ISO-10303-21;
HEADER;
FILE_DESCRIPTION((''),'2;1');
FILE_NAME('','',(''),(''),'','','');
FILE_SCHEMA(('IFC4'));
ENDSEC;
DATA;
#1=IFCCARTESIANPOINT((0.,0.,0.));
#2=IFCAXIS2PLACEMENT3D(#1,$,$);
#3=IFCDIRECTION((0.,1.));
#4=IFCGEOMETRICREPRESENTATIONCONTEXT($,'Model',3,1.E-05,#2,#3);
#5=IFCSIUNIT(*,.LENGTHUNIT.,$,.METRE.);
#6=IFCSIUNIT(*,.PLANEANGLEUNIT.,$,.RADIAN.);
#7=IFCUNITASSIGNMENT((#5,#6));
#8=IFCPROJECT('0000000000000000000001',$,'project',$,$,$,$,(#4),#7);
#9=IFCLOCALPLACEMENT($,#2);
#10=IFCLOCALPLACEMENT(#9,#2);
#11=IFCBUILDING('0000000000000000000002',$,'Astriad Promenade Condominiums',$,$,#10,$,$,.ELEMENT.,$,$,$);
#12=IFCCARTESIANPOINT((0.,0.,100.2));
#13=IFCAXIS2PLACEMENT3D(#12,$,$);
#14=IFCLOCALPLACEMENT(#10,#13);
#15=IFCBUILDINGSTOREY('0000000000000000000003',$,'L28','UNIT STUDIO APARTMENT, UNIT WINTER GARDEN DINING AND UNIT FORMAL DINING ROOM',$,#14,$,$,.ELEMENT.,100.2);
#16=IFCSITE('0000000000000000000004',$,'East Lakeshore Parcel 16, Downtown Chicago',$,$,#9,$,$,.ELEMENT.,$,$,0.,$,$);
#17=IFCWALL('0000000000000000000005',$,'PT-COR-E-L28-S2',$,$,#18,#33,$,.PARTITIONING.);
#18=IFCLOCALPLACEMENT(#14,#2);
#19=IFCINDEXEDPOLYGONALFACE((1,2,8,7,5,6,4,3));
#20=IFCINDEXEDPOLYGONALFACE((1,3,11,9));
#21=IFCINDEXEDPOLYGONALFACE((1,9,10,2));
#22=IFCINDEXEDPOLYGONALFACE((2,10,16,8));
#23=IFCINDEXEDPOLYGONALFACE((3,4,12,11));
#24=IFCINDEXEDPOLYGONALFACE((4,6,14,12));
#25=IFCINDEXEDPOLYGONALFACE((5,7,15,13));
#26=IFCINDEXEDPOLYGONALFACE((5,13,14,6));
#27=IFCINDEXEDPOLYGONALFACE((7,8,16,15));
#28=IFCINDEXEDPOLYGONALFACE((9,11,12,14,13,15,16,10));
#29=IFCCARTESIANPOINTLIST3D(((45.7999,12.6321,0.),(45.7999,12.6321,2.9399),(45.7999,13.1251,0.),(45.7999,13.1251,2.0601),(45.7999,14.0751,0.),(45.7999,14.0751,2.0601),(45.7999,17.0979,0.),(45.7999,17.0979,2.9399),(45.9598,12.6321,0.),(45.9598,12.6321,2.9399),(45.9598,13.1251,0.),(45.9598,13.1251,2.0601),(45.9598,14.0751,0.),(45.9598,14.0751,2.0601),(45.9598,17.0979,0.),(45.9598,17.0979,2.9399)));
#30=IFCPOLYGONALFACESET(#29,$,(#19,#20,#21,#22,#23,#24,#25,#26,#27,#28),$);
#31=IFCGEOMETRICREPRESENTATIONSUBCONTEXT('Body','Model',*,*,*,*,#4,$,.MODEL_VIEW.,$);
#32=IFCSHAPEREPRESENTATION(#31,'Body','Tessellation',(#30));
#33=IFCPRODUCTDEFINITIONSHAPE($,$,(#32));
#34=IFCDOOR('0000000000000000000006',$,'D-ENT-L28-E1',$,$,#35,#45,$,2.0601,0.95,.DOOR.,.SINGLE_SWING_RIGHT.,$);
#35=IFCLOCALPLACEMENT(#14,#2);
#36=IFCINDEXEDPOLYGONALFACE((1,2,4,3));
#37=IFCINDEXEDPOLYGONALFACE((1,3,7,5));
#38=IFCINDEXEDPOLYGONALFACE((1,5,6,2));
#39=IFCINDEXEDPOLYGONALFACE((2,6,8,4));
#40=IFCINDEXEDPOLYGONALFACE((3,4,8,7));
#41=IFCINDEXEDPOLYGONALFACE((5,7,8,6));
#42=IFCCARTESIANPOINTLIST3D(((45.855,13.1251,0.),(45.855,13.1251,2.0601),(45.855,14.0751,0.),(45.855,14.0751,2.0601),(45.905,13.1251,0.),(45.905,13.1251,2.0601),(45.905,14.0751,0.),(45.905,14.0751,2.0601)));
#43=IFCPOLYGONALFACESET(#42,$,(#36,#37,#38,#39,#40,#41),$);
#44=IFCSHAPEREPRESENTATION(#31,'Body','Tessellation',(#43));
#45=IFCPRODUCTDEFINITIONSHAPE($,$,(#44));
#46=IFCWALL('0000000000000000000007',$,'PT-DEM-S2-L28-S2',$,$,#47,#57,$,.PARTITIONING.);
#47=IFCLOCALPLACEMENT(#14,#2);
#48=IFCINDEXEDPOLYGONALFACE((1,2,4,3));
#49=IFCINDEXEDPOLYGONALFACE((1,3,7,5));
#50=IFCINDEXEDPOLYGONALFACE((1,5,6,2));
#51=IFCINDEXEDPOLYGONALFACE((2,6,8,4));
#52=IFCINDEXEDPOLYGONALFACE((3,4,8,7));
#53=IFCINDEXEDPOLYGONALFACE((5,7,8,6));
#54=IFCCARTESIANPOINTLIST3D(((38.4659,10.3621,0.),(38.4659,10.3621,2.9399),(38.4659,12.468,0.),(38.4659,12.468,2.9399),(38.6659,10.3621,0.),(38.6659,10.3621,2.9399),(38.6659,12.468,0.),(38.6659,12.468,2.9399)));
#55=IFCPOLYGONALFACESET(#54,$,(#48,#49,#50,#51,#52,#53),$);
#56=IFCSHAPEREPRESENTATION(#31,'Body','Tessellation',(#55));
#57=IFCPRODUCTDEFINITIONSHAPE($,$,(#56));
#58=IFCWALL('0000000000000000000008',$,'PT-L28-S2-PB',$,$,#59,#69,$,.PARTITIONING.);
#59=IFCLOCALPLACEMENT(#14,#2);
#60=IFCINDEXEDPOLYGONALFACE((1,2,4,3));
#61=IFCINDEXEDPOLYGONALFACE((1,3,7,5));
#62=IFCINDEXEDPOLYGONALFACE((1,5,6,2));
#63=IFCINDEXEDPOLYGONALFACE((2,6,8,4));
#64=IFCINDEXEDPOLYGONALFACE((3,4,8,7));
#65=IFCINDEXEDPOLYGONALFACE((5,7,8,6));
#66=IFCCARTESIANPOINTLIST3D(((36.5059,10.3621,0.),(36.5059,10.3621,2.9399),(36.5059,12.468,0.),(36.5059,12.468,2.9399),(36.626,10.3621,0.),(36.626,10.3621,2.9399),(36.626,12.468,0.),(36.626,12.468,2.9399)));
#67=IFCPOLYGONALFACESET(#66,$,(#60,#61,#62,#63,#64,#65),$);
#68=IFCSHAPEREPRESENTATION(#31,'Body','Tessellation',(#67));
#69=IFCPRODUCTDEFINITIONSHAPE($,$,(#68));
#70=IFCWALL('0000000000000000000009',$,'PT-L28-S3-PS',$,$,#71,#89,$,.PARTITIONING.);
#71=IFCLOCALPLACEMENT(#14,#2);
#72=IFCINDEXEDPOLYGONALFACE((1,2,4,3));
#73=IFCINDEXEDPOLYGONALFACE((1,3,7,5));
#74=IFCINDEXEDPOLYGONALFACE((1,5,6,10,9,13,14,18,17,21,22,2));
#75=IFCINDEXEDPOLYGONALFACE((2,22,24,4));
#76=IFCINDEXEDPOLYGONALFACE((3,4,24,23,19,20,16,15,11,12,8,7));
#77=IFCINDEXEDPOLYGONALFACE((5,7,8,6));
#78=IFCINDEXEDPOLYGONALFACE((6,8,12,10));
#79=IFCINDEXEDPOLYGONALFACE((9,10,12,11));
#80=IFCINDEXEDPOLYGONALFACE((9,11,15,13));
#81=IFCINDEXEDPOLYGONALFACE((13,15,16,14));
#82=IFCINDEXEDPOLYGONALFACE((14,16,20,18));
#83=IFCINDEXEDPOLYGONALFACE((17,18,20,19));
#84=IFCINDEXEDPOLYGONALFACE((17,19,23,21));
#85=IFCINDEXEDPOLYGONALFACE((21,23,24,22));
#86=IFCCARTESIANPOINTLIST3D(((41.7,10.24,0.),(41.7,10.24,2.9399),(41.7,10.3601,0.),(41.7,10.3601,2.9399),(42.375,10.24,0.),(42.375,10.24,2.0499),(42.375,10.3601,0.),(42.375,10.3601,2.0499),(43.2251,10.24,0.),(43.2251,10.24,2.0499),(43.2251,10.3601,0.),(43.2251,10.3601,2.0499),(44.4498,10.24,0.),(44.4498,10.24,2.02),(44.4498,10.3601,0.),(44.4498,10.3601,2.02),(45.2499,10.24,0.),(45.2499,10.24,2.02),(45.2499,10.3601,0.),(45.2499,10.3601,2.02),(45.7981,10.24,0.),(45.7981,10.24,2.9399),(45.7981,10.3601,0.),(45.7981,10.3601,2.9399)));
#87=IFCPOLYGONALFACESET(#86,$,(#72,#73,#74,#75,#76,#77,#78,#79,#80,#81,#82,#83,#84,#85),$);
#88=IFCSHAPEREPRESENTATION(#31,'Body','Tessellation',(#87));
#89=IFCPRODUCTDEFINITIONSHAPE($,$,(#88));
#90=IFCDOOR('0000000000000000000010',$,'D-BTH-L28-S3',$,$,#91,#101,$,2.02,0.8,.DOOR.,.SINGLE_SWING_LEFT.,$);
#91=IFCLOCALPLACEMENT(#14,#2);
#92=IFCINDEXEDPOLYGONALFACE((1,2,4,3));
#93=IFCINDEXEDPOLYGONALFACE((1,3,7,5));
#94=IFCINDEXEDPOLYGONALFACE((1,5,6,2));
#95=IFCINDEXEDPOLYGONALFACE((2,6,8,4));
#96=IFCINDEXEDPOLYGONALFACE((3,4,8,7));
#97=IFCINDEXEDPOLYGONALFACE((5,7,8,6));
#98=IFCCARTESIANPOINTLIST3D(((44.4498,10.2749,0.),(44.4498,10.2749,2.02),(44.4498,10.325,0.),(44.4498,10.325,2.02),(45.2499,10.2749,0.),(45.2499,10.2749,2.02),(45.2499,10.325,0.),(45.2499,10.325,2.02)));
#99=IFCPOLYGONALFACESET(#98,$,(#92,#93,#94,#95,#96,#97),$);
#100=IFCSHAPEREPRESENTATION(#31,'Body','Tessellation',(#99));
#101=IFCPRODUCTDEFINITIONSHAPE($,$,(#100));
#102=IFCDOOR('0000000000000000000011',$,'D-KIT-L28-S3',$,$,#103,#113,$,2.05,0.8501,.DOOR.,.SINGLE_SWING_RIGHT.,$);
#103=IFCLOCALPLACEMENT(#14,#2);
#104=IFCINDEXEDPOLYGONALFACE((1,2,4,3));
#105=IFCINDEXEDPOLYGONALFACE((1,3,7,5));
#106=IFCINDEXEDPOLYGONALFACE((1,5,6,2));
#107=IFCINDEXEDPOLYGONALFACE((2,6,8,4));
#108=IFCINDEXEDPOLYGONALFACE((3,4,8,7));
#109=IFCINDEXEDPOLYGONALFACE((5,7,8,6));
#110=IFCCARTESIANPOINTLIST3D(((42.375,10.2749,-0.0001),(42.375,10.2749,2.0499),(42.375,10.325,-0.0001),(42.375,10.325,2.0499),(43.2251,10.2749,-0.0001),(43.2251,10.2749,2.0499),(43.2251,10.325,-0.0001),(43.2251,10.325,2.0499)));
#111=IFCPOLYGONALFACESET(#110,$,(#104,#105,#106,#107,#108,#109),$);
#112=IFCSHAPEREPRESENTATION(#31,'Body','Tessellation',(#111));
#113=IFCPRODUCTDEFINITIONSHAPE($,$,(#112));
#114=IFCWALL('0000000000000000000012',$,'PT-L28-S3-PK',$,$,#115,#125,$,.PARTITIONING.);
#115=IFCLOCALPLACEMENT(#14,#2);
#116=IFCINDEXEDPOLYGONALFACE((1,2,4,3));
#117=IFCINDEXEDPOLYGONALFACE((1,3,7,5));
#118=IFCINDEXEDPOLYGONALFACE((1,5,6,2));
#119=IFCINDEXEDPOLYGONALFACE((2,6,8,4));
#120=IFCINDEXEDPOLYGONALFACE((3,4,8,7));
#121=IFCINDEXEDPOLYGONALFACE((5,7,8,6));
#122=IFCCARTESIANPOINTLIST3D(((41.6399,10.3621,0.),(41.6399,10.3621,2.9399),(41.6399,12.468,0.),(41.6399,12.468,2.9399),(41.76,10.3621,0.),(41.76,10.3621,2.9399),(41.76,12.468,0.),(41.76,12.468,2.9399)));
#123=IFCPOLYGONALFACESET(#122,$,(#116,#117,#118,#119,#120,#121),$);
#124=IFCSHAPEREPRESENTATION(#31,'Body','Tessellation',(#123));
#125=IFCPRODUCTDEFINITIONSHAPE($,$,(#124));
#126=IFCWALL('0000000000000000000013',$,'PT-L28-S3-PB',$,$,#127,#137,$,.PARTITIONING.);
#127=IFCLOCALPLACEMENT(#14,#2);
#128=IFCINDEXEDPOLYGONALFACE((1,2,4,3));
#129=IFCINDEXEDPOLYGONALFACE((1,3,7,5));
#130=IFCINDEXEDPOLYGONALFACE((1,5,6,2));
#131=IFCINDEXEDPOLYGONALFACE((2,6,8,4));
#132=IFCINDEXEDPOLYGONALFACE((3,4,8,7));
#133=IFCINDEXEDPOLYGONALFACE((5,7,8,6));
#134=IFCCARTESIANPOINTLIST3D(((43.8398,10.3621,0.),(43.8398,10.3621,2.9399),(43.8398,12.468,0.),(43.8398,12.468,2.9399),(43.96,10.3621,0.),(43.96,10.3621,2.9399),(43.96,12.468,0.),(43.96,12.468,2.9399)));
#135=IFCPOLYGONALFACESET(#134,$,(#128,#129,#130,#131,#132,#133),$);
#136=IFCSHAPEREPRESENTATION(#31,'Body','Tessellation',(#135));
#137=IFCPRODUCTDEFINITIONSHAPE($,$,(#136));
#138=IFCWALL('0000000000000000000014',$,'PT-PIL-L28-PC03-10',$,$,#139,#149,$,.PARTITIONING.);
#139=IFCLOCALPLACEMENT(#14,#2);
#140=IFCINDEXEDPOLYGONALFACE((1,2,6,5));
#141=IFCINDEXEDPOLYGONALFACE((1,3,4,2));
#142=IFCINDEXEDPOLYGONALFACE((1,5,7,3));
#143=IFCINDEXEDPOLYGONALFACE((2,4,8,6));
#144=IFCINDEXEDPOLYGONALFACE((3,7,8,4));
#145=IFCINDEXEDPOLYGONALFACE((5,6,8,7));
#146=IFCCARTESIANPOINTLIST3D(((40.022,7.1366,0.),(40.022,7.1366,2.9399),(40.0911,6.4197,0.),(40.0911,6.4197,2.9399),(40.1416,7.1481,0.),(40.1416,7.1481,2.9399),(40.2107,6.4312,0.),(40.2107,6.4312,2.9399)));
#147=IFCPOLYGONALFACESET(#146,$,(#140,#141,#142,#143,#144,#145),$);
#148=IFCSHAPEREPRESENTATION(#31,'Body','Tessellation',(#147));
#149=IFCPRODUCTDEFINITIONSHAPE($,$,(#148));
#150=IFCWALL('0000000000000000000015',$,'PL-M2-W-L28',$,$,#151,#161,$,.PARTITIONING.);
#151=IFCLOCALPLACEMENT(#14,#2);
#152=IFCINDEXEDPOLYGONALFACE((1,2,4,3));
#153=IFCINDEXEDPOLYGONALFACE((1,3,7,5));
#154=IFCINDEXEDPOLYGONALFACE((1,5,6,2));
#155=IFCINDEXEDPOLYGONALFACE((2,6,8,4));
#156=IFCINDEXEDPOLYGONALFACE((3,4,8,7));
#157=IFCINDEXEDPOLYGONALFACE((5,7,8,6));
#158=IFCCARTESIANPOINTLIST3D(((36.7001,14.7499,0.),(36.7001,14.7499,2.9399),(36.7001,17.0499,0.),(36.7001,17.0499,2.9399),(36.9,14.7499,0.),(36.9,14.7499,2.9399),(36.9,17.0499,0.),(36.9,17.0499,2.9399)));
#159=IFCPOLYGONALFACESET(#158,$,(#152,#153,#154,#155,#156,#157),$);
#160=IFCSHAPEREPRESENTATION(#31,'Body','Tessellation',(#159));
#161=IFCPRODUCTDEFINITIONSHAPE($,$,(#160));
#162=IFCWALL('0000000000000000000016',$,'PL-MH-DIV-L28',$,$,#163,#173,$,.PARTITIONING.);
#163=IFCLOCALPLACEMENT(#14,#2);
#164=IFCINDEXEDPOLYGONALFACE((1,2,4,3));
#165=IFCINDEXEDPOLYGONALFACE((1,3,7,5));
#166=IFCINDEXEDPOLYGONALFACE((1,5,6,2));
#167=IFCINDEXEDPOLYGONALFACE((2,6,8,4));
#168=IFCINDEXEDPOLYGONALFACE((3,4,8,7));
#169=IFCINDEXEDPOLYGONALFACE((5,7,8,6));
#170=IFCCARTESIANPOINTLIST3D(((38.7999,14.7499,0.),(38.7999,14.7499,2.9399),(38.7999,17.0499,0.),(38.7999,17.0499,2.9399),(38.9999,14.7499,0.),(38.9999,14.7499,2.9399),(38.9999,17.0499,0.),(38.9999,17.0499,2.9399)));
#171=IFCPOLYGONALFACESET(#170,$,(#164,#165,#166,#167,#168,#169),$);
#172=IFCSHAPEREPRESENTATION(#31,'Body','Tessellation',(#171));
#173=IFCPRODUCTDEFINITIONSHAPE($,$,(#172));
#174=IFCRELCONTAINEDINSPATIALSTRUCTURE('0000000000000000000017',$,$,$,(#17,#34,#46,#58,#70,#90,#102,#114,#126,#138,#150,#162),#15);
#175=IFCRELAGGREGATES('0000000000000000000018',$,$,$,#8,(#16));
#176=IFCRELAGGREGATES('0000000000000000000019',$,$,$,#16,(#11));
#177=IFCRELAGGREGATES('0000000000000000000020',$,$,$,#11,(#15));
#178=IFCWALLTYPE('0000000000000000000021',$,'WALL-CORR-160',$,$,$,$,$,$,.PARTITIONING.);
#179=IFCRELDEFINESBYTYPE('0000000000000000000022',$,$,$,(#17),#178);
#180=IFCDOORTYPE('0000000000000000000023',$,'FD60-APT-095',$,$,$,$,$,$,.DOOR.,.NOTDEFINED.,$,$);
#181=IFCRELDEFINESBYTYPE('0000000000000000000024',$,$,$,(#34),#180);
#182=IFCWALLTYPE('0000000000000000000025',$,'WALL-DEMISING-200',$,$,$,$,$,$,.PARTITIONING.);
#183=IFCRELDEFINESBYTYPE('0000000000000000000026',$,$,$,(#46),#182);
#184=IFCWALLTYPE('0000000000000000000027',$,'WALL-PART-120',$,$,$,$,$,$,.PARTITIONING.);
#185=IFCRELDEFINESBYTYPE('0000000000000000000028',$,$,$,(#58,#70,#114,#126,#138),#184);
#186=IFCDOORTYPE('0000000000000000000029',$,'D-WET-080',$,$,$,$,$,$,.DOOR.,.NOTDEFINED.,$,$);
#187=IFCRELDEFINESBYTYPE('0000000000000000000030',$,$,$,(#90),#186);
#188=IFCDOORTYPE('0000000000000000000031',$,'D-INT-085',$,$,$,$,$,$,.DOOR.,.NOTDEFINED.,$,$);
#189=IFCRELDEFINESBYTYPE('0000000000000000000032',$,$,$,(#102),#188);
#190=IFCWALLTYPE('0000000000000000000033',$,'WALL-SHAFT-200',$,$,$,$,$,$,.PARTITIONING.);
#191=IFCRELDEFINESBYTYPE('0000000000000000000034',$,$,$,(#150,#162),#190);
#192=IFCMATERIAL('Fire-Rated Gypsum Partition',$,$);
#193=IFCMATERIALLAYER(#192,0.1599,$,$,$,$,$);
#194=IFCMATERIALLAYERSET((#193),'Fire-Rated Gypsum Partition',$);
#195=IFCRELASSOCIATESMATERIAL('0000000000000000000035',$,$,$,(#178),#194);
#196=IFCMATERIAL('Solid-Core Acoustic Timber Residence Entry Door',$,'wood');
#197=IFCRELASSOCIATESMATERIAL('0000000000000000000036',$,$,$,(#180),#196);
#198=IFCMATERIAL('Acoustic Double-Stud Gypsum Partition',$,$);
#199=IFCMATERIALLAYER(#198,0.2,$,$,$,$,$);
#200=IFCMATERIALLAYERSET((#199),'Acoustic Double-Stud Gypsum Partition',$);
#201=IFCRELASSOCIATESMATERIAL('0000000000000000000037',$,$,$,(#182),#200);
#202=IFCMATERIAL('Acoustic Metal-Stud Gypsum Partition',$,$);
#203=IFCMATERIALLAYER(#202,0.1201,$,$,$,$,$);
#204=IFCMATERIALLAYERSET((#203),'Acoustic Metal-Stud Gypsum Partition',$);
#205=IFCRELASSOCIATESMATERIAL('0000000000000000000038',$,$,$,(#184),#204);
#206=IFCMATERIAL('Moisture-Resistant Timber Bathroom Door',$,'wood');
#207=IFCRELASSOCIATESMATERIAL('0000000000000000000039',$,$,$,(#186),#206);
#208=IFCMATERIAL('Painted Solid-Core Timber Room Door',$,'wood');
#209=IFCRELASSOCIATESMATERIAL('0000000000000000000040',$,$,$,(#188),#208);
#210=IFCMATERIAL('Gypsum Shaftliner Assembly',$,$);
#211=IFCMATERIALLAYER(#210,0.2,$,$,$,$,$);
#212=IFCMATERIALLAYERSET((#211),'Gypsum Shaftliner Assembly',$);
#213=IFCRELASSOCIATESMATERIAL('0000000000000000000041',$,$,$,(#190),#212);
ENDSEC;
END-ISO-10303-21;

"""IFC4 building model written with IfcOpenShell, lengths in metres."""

from ifc_helpers import new_model, si_unit, direction, frame, frame_2d, origin, place, context, subcontext, project, spatial, rectangle, extrude, source, transform, mapped, material, layer, layer_set, type_object, type_shapes, element, fill, save


model = new_model("IFC4")

# Units and contexts
model_context = context("Model", 3, precision=1e-05, world=origin(), true_north=direction((0.0, 1.0)))
body_context = subcontext(model_context, "Body", "Model", "MODEL_VIEW")
ifc_project = project(units=[si_unit("LENGTHUNIT", "METRE"), si_unit("PLANEANGLEUNIT", "RADIAN")], contexts=[model_context])

# Site, building, storey
site_placement = place(None, origin())
site = spatial("IfcSite", under=ifc_project, at=site_placement, Name="East Lakeshore Parcel 16, Downtown Chicago", CompositionType="ELEMENT", RefElevation=0.0)
building_placement = place(site_placement, origin())
building = spatial("IfcBuilding", under=site, at=building_placement, Name="Astriad Promenade Condominiums", CompositionType="ELEMENT")
storey_placement = place(building_placement, frame((0.0, 0.0, 100.2)))
storey = spatial("IfcBuildingStorey", under=building, at=storey_placement, Name="L28", Description="UNIT STUDIO APARTMENT, UNIT WINTER GARDEN DINING AND UNIT FORMAL DINING ROOM", CompositionType="ELEMENT", Elevation=100.2)

# Wall, opening, door
ifc_material_1 = material(Name="Fire-Rated Gypsum Partition")
ifc_layer_1 = layer(ifc_material_1, 0.1599)
ifc_layer_set_1 = layer_set([ifc_layer_1], Name="Fire-Rated Gypsum Partition")
wall_type_1 = type_object("IfcWallType", Name="WALL-CORR-160", PredefinedType="PARTITIONING", material=ifc_layer_set_1)
wall_1_placement = place(storey_placement, frame((45.8799, 12.6321, 0.0), z_axis=(0.0, 0.0, 1.0), x_axis=(0.0, 1.0, 0.0)))
wall_1 = element("IfcWall", 1, at=wall_1_placement, inside=storey, type_object=wall_type_1, Name="PT-COR-E-L28-S2", PredefinedType="PARTITIONING", context=body_context, shape_type="SweptSolid", body=[
    extrude(rectangle(XDim=4.4658, YDim=0.1599, at=frame_2d((2.2329, 0.0))), origin(), (0.0, 0.0, 1.0), 2.9399),
])
opening_1_placement = place(wall_1_placement, frame((0.4929, 0.0, 0.0)))
opening_1 = element("IfcOpeningElement", 2, at=opening_1_placement, cuts=wall_1, PredefinedType="OPENING", context=body_context, shape_type="SweptSolid", body=[
    extrude(rectangle(XDim=0.95, YDim=2.0601, at=frame_2d((0.4751, 1.03))), frame((0.0, 0.0898, 0.0), z_axis=(0.0, -1.0, 0.0), x_axis=(1.0, 0.0, 0.0)), (0.0, 0.0, 1.0), 0.1799),
])
ifc_material_2 = material(Name="Solid-Core Acoustic Timber Residence Entry Door", Category="wood")
door_type_1 = type_object("IfcDoorType", Name="FD60-APT-095", OperationType="NOTDEFINED", PredefinedType="DOOR", material=ifc_material_2)
shared_shape_1 = source(origin(), body_context, "Body", "SweptSolid", [
    extrude(rectangle(XDim=0.95, YDim=2.0601, at=frame_2d((0.4751, 1.03))), frame((0.0, 0.0249, 0.0), z_axis=(0.0, -1.0, 0.0), x_axis=(1.0, 0.0, 0.0)), (0.0, 0.0, 1.0), 0.05),
])
type_shapes(door_type_1, [shared_shape_1])
door_1_placement = place(opening_1_placement, origin())
door_1 = element("IfcDoor", 3, at=door_1_placement, inside=storey, type_object=door_type_1, Name="D-ENT-L28-E1", OperationType="SINGLE_SWING_RIGHT", OverallHeight=2.0601, OverallWidth=0.95, PredefinedType="DOOR", context=body_context, shape_type="MappedRepresentation", body=[
    mapped(shared_shape_1, transform((0.0, 0.0, 0.0), scale=1.0)),
])
fill(opening_1, door_1)

# Walls
ifc_material_3 = material(Name="Acoustic Double-Stud Gypsum Partition")
ifc_layer_2 = layer(ifc_material_3, 0.2)
ifc_layer_set_2 = layer_set([ifc_layer_2], Name="Acoustic Double-Stud Gypsum Partition")
wall_type_2 = type_object("IfcWallType", Name="WALL-DEMISING-200", PredefinedType="PARTITIONING", material=ifc_layer_set_2)
wall_2_placement = place(storey_placement, frame((38.5659, 10.3621, 0.0), z_axis=(0.0, 0.0, 1.0), x_axis=(0.0, 1.0, 0.0)))
element("IfcWall", 4, at=wall_2_placement, inside=storey, type_object=wall_type_2, Name="PT-DEM-S2-L28-S2", PredefinedType="PARTITIONING", context=body_context, shape_type="SweptSolid", body=[
    extrude(rectangle(XDim=2.106, YDim=0.2, at=frame_2d((1.053, 0.0))), origin(), (0.0, 0.0, 1.0), 2.9399),
])
ifc_material_4 = material(Name="Acoustic Metal-Stud Gypsum Partition")
ifc_layer_3 = layer(ifc_material_4, 0.1201)
ifc_layer_set_3 = layer_set([ifc_layer_3], Name="Acoustic Metal-Stud Gypsum Partition")
wall_type_3 = type_object("IfcWallType", Name="WALL-PART-120", PredefinedType="PARTITIONING", material=ifc_layer_set_3)
wall_3_placement = place(storey_placement, frame((36.5659, 10.3621, 0.0), z_axis=(0.0, 0.0, 1.0), x_axis=(0.0, 1.0, 0.0)))
element("IfcWall", 5, at=wall_3_placement, inside=storey, type_object=wall_type_3, Name="PT-L28-S2-PB", PredefinedType="PARTITIONING", context=body_context, shape_type="SweptSolid", body=[
    extrude(rectangle(XDim=2.106, YDim=0.1201, at=frame_2d((1.053, 0.0))), origin(), (0.0, 0.0, 1.0), 2.9399),
])

# Wall, openings, doors
wall_4_placement = place(storey_placement, frame((41.7, 10.3, 0.0), z_axis=(0.0, 0.0, 1.0), x_axis=(1.0, 0.0, 0.0)))
wall_4 = element("IfcWall", 6, at=wall_4_placement, inside=storey, type_object=wall_type_3, Name="PT-L28-S3-PS", PredefinedType="PARTITIONING", context=body_context, shape_type="SweptSolid", body=[
    extrude(rectangle(XDim=4.0981, YDim=0.1201, at=frame_2d((2.0491, 0.0))), origin(), (0.0, 0.0, 1.0), 2.9399),
])
opening_2_placement = place(wall_4_placement, frame((0.675, 0.0, 0.0)))
opening_2 = element("IfcOpeningElement", 7, at=opening_2_placement, cuts=wall_4, PredefinedType="OPENING", context=body_context, shape_type="SweptSolid", body=[
    extrude(rectangle(XDim=0.8501, YDim=2.05, at=frame_2d((0.425, 1.0249))), frame((0.0, 0.0701, 0.0), z_axis=(0.0, -1.0, 0.0), x_axis=(1.0, 0.0, 0.0)), (0.0, 0.0, 1.0), 0.1401),
])
opening_3_placement = place(wall_4_placement, frame((2.75, 0.0, 0.0)))
opening_3 = element("IfcOpeningElement", 8, at=opening_3_placement, cuts=wall_4, PredefinedType="OPENING", context=body_context, shape_type="SweptSolid", body=[
    extrude(rectangle(XDim=0.8, YDim=2.02, at=frame_2d((0.3999, 1.01))), frame((0.0, 0.0701, 0.0), z_axis=(0.0, -1.0, 0.0), x_axis=(1.0, 0.0, 0.0)), (0.0, 0.0, 1.0), 0.1401),
])
ifc_material_5 = material(Name="Moisture-Resistant Timber Bathroom Door", Category="wood")
door_type_2 = type_object("IfcDoorType", Name="D-WET-080", OperationType="NOTDEFINED", PredefinedType="DOOR", material=ifc_material_5)
shared_shape_2 = source(origin(), body_context, "Body", "SweptSolid", [
    extrude(rectangle(XDim=0.8, YDim=2.02, at=frame_2d((0.3999, 1.01))), frame((0.0, 0.0249, 0.0), z_axis=(0.0, -1.0, 0.0), x_axis=(1.0, 0.0, 0.0)), (0.0, 0.0, 1.0), 0.05),
])
type_shapes(door_type_2, [shared_shape_2])
door_2_placement = place(opening_3_placement, origin())
door_2 = element("IfcDoor", 9, at=door_2_placement, inside=storey, type_object=door_type_2, Name="D-BTH-L28-S3", OperationType="SINGLE_SWING_LEFT", OverallHeight=2.02, OverallWidth=0.8, PredefinedType="DOOR", context=body_context, shape_type="MappedRepresentation", body=[
    mapped(shared_shape_2, transform((0.0, 0.0, 0.0), scale=1.0)),
])
fill(opening_3, door_2)
ifc_material_6 = material(Name="Painted Solid-Core Timber Room Door", Category="wood")
door_type_3 = type_object("IfcDoorType", Name="D-INT-085", OperationType="NOTDEFINED", PredefinedType="DOOR", material=ifc_material_6)
shared_shape_3 = source(origin(), body_context, "Body", "SweptSolid", [
    extrude(rectangle(XDim=0.8501, YDim=2.05, at=frame_2d((0.425, 1.0249))), frame((0.0, 0.0249, 0.0), z_axis=(0.0, -1.0, 0.0), x_axis=(1.0, 0.0, 0.0)), (0.0, 0.0, 1.0), 0.05),
])
type_shapes(door_type_3, [shared_shape_3])
door_3_placement = place(opening_2_placement, origin())
door_3 = element("IfcDoor", 10, at=door_3_placement, inside=storey, type_object=door_type_3, Name="D-KIT-L28-S3", OperationType="SINGLE_SWING_RIGHT", OverallHeight=2.05, OverallWidth=0.8501, PredefinedType="DOOR", context=body_context, shape_type="MappedRepresentation", body=[
    mapped(shared_shape_3, transform((0.0, 0.0, 0.0), scale=1.0)),
])
fill(opening_2, door_3)

# Walls
for number, where, z_axis, x_axis, name in (
    (11, (41.7, 10.3621, 0.0), (0.0, 0.0, 1.0), (0.0, 1.0, 0.0), "PT-L28-S3-PK"),
    (12, (43.8999, 10.3621, 0.0), (0.0, 0.0, 1.0), (0.0, 1.0, 0.0), "PT-L28-S3-PB"),
):
    element("IfcWall", number, at=place(storey_placement, frame(where, z_axis=z_axis, x_axis=x_axis)), inside=storey, type_object=wall_type_3, Name=name, PredefinedType="PARTITIONING", context=body_context, shape_type="SweptSolid", body=[
        extrude(rectangle(XDim=2.106, YDim=0.1201, at=frame_2d((1.053, 0.0))), origin(), (0.0, 0.0, 1.0), 2.9399),
    ])
wall_5_placement = place(storey_placement, frame((40.0818, 7.1423, 0.0), z_axis=(0.0, 0.0, 1.0), x_axis=(0.095945, -0.995387, 0.0)))
element("IfcWall", 13, at=wall_5_placement, inside=storey, type_object=wall_type_3, Name="PT-PIL-L28-PC03-10", PredefinedType="PARTITIONING", context=body_context, shape_type="SweptSolid", body=[
    extrude(rectangle(XDim=0.7202, YDim=0.1201, at=frame_2d((0.3601, 0.0))), origin(), (0.0, 0.0, 1.0), 2.9399),
])
ifc_material_7 = material(Name="Gypsum Shaftliner Assembly")
ifc_layer_4 = layer(ifc_material_7, 0.2)
ifc_layer_set_4 = layer_set([ifc_layer_4], Name="Gypsum Shaftliner Assembly")
wall_type_4 = type_object("IfcWallType", Name="WALL-SHAFT-200", PredefinedType="PARTITIONING", material=ifc_layer_set_4)
for number, where, z_axis, x_axis, name in (
    (14, (36.8, 14.75, 0.0), (0.0, 0.0, 1.0), (0.0, 1.0, 0.0), "PL-M2-W-L28"),
    (15, (38.8999, 14.75, 0.0), (0.0, 0.0, 1.0), (0.0, 1.0, 0.0), "PL-MH-DIV-L28"),
):
    element("IfcWall", number, at=place(storey_placement, frame(where, z_axis=z_axis, x_axis=x_axis)), inside=storey, type_object=wall_type_4, Name=name, PredefinedType="PARTITIONING", context=body_context, shape_type="SweptSolid", body=[
        extrude(rectangle(XDim=2.3, YDim=0.2, at=frame_2d((1.1499, 0.0))), origin(), (0.0, 0.0, 1.0), 2.9399),
    ])

save(model, "model.ifc")
